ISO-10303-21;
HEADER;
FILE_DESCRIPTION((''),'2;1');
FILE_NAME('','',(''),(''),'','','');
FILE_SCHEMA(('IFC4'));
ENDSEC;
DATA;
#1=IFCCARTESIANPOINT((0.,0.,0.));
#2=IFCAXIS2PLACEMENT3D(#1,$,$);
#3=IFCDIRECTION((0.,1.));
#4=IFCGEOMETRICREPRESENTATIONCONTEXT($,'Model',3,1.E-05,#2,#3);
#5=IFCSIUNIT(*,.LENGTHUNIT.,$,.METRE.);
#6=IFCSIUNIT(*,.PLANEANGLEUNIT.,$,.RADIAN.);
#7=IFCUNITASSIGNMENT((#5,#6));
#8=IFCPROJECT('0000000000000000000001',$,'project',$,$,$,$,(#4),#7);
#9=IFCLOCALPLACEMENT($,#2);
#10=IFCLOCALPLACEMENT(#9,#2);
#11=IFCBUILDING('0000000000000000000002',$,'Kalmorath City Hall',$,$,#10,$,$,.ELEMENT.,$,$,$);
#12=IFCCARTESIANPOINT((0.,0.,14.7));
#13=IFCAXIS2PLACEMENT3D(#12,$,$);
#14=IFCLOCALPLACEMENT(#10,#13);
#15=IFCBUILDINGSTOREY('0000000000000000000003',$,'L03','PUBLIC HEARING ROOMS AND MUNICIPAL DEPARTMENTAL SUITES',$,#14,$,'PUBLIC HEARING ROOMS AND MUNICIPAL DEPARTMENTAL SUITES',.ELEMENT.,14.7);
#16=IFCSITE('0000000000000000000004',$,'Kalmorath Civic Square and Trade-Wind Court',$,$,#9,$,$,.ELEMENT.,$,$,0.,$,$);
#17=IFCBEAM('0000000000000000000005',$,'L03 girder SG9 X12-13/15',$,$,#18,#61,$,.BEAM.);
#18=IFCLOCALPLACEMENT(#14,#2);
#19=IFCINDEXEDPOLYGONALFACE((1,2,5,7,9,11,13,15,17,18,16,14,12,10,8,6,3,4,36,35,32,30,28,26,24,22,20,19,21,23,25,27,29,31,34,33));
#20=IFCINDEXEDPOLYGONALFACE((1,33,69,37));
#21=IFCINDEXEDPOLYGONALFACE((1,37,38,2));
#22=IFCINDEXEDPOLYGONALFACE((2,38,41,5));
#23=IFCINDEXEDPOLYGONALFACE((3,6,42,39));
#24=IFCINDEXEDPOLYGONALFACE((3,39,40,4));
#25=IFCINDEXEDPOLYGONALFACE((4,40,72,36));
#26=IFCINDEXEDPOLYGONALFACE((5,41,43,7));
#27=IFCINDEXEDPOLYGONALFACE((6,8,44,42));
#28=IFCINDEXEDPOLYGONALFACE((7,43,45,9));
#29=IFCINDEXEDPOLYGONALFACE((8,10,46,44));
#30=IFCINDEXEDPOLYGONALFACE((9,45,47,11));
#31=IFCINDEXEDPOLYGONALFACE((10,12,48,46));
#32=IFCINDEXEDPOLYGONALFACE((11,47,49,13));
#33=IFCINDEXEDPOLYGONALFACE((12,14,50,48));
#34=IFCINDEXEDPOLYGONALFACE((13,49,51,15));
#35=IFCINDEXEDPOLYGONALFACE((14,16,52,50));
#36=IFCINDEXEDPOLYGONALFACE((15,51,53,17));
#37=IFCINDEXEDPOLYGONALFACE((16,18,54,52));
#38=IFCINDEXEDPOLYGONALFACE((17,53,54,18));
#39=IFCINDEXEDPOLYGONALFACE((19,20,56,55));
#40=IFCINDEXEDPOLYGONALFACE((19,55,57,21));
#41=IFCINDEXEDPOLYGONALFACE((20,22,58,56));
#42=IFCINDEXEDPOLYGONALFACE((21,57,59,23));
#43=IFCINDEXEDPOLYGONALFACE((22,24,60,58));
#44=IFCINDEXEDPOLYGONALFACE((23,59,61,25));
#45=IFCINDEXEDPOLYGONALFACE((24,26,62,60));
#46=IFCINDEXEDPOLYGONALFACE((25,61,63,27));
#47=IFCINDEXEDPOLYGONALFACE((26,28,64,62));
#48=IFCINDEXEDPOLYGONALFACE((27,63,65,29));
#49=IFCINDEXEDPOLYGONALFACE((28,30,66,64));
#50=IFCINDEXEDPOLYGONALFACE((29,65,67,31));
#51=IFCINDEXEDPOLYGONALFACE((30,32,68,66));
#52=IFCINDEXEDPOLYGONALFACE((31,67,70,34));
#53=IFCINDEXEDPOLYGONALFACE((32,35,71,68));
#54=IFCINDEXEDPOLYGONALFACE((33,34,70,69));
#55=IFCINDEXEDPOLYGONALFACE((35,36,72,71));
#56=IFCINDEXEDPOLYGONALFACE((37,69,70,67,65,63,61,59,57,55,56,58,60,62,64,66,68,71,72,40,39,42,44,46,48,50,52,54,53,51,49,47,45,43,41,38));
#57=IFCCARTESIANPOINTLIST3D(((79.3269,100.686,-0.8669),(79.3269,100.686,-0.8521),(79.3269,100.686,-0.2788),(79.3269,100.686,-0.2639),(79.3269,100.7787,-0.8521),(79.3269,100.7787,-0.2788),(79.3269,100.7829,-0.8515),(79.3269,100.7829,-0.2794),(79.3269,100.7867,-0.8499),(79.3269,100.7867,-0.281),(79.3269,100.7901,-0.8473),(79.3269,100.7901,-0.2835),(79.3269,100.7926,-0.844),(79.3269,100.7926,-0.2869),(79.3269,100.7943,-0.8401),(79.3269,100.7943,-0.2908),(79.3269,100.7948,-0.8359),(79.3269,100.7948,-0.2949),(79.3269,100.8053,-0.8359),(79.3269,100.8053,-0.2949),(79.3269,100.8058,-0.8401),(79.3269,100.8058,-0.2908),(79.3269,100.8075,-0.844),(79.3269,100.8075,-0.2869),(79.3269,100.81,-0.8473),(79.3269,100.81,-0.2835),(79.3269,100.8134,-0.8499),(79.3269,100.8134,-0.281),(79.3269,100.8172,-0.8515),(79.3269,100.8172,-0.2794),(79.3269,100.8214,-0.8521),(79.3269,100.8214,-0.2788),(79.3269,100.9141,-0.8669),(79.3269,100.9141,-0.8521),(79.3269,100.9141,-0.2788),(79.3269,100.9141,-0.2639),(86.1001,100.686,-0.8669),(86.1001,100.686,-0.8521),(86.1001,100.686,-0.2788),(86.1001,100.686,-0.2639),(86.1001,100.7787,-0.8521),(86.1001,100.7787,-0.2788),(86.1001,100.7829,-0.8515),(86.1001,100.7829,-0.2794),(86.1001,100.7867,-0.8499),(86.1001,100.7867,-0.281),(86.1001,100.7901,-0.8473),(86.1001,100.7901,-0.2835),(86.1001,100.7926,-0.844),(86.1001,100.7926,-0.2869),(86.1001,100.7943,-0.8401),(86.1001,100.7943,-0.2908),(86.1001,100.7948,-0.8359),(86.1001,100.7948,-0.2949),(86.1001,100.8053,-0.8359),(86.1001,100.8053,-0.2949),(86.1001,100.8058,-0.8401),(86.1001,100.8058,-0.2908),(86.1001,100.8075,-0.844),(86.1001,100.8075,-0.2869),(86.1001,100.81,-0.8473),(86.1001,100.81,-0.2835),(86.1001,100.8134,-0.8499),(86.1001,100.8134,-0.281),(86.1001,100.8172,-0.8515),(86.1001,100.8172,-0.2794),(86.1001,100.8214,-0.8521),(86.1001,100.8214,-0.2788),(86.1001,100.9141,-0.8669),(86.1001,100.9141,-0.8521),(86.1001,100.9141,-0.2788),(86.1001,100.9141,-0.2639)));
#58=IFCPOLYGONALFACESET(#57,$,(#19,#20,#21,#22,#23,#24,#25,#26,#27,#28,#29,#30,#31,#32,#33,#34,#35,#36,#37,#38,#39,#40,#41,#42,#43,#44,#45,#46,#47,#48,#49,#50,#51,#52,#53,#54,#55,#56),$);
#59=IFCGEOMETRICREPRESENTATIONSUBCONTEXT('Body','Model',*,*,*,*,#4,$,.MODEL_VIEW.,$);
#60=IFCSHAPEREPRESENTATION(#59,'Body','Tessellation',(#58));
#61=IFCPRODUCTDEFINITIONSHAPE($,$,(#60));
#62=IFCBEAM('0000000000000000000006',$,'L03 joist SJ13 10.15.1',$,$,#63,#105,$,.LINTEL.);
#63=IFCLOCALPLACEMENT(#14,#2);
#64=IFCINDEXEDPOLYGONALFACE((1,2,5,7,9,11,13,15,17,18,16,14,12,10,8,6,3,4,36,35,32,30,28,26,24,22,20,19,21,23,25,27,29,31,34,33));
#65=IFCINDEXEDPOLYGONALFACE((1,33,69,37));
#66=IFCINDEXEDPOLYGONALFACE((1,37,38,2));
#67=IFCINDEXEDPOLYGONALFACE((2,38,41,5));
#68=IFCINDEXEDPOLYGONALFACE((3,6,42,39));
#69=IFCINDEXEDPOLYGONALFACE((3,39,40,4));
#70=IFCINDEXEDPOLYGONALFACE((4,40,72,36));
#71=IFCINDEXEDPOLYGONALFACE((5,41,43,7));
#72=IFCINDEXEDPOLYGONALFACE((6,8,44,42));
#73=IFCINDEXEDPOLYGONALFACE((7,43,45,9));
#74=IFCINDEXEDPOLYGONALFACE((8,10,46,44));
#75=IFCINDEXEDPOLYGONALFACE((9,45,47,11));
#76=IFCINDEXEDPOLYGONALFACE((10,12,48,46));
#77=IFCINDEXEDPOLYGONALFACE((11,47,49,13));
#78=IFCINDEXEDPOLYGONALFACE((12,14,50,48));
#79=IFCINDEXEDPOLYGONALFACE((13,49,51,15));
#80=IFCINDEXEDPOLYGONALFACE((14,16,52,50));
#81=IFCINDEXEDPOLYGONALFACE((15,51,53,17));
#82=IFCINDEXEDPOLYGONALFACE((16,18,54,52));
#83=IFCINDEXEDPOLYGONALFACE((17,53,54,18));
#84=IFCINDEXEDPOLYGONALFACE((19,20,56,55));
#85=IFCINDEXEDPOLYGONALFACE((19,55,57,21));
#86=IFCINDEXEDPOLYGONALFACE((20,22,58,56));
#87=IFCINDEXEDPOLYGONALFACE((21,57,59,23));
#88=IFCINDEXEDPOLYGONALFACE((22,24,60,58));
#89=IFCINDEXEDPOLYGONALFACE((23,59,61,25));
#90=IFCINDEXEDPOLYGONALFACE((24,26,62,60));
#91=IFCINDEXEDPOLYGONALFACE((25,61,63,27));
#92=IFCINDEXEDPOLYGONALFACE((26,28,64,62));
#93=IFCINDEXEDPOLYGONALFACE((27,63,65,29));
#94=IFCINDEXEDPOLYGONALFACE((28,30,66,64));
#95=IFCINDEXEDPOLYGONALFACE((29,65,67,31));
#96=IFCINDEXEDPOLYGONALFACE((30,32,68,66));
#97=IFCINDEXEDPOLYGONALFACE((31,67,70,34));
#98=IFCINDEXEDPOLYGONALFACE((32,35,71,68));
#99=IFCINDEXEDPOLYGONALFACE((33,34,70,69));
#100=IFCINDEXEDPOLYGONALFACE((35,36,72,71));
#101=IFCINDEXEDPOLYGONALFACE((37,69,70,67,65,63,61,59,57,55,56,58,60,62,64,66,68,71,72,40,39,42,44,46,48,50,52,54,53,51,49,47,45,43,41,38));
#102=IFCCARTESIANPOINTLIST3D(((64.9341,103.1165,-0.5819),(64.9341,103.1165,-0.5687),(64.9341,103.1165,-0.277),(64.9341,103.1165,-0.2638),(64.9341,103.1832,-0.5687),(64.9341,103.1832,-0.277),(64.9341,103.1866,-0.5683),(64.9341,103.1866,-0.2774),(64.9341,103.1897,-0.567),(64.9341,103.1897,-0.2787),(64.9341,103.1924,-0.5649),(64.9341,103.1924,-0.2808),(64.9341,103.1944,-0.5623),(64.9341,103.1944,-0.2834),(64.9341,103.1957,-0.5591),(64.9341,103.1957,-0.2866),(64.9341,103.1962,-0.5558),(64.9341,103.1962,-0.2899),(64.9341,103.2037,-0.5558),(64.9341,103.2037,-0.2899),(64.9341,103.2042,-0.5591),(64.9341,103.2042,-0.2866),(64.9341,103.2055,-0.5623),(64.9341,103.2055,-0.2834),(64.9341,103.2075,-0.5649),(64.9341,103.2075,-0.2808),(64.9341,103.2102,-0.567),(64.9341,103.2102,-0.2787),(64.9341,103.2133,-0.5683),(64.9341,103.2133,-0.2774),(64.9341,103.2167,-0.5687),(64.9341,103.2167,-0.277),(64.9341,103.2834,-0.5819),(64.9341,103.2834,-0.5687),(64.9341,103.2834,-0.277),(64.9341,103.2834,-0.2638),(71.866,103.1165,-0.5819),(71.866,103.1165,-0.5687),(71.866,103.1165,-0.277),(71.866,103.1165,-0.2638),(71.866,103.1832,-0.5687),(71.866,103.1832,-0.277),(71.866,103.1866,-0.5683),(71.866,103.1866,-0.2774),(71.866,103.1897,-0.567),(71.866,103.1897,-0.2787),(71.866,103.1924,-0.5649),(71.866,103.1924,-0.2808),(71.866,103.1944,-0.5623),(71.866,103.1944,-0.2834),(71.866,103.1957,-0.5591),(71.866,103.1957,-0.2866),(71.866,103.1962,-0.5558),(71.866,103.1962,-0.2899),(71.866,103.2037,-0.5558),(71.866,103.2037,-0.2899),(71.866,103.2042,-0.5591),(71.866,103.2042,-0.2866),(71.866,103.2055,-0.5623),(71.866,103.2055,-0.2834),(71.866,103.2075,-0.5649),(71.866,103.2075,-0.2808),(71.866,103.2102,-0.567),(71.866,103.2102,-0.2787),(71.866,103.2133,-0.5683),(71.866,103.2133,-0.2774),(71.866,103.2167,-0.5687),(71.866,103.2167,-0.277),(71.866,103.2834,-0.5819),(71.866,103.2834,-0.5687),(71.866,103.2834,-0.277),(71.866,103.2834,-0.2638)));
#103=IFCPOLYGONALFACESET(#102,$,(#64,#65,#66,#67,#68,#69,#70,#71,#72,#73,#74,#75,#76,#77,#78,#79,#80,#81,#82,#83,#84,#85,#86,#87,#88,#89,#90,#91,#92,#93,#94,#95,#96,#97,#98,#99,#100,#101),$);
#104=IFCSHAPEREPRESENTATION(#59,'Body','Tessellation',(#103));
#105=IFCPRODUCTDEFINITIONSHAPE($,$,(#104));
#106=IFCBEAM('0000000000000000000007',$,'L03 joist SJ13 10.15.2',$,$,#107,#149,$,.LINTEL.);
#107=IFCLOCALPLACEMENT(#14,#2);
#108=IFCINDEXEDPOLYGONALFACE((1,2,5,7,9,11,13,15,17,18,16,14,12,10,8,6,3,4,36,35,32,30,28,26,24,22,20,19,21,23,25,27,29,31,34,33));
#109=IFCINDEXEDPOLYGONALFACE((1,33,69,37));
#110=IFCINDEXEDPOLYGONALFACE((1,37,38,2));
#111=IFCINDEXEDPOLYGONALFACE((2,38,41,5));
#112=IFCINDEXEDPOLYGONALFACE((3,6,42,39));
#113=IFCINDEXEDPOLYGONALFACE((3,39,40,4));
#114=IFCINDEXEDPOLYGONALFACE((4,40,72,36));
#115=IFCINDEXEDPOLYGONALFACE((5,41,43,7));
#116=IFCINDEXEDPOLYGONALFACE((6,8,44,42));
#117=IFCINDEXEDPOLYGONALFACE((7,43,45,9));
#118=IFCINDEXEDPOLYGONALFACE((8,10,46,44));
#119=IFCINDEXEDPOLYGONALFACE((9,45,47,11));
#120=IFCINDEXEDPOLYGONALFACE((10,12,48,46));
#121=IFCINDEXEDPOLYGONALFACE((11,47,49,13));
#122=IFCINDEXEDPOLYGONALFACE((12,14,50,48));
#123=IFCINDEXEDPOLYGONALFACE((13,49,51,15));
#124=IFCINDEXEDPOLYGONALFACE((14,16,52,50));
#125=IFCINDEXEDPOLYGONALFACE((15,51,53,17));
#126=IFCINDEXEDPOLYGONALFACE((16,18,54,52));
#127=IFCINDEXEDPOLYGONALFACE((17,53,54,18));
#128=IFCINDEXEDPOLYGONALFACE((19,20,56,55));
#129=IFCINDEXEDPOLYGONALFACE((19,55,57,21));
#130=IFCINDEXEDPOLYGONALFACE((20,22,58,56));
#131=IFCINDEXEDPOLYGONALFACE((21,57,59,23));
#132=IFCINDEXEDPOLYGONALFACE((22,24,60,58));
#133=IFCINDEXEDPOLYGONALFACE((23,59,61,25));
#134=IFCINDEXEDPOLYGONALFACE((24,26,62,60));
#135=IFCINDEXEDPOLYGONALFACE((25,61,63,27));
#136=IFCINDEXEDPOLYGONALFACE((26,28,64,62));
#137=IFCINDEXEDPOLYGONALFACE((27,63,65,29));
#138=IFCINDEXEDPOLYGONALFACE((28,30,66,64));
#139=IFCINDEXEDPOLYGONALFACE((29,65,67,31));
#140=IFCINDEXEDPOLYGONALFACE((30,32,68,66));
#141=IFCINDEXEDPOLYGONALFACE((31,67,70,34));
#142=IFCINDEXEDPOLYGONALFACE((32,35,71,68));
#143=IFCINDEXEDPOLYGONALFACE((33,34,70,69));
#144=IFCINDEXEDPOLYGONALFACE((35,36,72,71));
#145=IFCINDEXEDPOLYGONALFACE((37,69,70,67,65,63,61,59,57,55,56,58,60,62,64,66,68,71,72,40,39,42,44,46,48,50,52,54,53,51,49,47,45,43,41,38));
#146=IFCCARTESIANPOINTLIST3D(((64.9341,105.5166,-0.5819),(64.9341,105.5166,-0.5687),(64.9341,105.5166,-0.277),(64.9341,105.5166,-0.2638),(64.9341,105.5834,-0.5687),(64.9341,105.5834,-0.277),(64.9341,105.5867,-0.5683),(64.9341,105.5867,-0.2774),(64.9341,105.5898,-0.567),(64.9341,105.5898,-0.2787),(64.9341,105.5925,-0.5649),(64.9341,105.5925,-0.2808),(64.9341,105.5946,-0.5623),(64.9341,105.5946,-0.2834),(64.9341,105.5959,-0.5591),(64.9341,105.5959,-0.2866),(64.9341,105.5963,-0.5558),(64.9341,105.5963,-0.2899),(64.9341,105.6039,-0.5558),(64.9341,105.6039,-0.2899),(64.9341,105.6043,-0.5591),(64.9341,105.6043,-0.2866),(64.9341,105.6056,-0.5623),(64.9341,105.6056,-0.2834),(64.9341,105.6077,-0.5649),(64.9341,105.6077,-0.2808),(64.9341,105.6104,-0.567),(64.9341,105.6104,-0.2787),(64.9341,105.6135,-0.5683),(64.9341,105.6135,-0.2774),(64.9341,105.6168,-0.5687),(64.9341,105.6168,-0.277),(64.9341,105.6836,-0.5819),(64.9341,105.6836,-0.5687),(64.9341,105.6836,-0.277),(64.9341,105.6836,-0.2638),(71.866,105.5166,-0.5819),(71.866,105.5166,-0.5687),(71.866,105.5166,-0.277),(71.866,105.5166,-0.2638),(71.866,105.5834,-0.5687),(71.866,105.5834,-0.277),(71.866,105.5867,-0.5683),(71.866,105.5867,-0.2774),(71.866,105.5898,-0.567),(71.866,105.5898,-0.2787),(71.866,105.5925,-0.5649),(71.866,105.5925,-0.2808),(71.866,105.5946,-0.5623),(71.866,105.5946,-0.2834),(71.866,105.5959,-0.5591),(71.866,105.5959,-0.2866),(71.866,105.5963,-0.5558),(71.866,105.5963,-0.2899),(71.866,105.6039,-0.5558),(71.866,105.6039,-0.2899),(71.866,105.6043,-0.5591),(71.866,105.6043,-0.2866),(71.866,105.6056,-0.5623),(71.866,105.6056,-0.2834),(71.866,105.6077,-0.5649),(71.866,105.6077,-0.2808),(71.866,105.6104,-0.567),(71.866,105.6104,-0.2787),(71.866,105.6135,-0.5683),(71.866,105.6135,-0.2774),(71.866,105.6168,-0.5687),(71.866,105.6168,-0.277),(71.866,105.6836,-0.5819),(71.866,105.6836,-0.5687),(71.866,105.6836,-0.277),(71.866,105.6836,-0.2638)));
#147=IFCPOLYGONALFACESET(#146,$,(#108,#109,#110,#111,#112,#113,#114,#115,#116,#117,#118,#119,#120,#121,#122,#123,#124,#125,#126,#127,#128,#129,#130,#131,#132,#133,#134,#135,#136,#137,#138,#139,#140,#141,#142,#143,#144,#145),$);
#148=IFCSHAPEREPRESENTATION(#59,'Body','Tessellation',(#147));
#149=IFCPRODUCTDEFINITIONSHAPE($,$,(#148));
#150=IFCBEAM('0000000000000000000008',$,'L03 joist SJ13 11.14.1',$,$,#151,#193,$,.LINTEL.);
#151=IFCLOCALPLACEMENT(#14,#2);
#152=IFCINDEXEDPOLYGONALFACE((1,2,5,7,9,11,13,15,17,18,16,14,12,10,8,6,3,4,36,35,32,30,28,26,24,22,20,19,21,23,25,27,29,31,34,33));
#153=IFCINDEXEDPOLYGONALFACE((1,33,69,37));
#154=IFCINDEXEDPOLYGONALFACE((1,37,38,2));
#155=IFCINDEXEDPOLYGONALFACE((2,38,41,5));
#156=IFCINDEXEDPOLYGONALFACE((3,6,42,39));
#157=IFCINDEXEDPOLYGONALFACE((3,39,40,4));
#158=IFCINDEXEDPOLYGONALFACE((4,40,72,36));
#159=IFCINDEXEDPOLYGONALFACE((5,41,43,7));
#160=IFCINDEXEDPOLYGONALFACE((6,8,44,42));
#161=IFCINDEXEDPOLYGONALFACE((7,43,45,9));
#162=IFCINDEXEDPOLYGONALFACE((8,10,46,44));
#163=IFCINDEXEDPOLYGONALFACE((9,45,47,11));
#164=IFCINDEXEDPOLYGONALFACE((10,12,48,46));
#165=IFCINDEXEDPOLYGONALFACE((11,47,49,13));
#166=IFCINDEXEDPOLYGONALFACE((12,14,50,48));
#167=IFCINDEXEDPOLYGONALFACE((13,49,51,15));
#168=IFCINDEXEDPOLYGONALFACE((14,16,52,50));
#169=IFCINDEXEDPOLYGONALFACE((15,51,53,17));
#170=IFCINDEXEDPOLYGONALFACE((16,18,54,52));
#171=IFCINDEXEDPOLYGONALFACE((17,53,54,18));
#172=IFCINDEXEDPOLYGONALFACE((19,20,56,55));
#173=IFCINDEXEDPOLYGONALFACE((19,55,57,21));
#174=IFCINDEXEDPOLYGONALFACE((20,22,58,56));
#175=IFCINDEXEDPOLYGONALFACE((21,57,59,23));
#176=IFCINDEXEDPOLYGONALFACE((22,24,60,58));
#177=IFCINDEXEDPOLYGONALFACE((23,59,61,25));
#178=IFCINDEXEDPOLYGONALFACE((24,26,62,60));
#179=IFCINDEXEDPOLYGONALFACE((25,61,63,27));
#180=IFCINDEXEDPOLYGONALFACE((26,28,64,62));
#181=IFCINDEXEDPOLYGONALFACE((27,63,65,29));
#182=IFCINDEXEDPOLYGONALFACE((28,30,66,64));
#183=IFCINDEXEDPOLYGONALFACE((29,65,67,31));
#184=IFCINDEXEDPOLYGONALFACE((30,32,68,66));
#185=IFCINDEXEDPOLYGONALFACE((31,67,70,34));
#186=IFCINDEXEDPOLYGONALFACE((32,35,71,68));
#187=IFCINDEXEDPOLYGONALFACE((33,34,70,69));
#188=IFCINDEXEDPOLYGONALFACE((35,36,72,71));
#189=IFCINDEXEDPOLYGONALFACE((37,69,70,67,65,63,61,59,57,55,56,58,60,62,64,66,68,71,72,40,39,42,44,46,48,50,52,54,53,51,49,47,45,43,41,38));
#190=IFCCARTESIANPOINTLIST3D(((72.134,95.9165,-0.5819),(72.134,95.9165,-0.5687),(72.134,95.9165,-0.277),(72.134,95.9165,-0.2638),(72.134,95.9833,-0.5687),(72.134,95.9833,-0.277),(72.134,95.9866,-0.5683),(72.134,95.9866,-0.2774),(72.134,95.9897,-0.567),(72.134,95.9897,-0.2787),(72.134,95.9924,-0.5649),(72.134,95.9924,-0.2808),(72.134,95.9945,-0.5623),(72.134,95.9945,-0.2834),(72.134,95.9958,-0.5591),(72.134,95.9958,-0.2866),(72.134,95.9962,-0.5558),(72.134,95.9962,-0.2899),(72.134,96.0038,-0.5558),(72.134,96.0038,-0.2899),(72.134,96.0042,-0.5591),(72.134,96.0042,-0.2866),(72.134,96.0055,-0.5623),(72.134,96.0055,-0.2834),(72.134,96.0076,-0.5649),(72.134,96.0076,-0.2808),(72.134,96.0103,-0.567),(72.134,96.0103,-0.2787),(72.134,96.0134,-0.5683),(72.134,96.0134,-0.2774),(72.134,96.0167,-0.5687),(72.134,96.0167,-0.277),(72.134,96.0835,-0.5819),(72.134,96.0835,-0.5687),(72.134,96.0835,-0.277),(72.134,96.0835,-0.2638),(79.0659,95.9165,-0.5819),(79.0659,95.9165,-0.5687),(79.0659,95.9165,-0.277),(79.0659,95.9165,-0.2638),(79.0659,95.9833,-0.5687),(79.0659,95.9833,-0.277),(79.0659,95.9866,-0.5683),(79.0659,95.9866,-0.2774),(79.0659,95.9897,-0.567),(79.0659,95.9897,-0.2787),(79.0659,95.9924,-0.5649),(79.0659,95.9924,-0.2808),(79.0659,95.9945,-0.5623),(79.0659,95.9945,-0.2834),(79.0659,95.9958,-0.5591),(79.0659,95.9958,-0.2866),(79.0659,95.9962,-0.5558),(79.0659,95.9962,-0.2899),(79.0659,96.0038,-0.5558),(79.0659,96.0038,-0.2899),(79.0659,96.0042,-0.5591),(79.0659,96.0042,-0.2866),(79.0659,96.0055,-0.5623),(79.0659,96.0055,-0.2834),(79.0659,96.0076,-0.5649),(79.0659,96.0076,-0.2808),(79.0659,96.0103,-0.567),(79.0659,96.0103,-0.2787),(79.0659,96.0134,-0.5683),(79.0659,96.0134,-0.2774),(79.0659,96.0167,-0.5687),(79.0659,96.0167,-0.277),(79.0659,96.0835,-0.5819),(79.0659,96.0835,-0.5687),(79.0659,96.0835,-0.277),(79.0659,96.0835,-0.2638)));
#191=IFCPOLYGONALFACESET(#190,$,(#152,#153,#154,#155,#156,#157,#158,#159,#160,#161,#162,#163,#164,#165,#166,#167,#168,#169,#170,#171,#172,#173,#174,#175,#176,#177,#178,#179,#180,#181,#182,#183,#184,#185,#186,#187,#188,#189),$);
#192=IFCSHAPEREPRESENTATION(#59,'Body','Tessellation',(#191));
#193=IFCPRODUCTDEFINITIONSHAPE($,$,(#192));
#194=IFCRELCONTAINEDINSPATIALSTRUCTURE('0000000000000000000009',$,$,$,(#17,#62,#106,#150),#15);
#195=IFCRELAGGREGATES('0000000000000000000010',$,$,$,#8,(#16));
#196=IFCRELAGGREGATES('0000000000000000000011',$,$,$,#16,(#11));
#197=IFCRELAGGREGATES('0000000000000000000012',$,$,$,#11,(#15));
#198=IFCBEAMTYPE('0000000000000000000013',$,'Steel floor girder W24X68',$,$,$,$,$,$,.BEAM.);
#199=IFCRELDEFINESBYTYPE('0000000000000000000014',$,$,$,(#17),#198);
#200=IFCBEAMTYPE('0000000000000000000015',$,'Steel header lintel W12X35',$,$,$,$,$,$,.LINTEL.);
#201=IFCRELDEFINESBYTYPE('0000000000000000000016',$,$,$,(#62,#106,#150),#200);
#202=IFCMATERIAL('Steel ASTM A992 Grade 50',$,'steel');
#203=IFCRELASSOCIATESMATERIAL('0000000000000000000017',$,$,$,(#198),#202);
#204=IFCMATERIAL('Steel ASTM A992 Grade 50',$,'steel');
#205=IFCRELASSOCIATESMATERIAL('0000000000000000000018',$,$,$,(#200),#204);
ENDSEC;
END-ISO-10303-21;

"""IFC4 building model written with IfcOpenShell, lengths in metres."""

from ifc_helpers import new_model, si_unit, direction, frame, origin, origin_2d, place, context, subcontext, project, spatial, i_section, extrude, material, material_profile, profile_set, type_object, element, save


model = new_model("IFC4")

# Units and contexts
model_context = context("Model", 3, precision=1e-05, world=origin(), true_north=direction((0.0, 1.0)))
body_context = subcontext(model_context, "Body", "Model", "MODEL_VIEW")
ifc_project = project(units=[si_unit("LENGTHUNIT", "METRE"), si_unit("PLANEANGLEUNIT", "RADIAN")], contexts=[model_context])

# Site, building, storey
site_placement = place(None, origin())
site = spatial("IfcSite", under=ifc_project, at=site_placement, Name="Kalmorath Civic Square and Trade-Wind Court", CompositionType="ELEMENT", RefElevation=0.0)
building_placement = place(site_placement, origin())
building = spatial("IfcBuilding", under=site, at=building_placement, Name="Kalmorath City Hall", CompositionType="ELEMENT")
storey_placement = place(building_placement, frame((0.0, 0.0, 14.7)))
storey = spatial("IfcBuildingStorey", under=building, at=storey_placement, Name="L03", Description="PUBLIC HEARING ROOMS AND MUNICIPAL DEPARTMENTAL SUITES", LongName="PUBLIC HEARING ROOMS AND MUNICIPAL DEPARTMENTAL SUITES", CompositionType="ELEMENT", Elevation=14.7)

# Beams
ifc_material_1 = material(Name="Steel ASTM A992 Grade 50", Category="steel")
ifc_material_profile_1 = material_profile(ifc_material_1, i_section(OverallWidth=0.228, OverallDepth=0.603, WebThickness=0.0105, FlangeThickness=0.0149, FilletRadius=0.0161, at=origin_2d()), Name="W24X68")
ifc_profile_set_1 = profile_set([ifc_material_profile_1], Name="Steel ASTM A992 Grade 50")
beam_type_1 = type_object("IfcBeamType", Name="Steel floor girder W24X68", PredefinedType="BEAM", material=ifc_profile_set_1)
beam_1_placement = place(storey_placement, frame((79.3269, 100.8, -0.5654), z_axis=(1.0, 0.0, 0.0), x_axis=(0.0, 1.0, 0.0)))
element("IfcBeam", 1, at=beam_1_placement, inside=storey, type_object=beam_type_1, Name="L03 girder SG9 X12-13/15", PredefinedType="BEAM", context=body_context, shape_type="SweptSolid", body=[
    extrude(i_section(OverallWidth=0.228, OverallDepth=0.603, WebThickness=0.0105, FlangeThickness=0.0149, FilletRadius=0.0161, at=origin_2d()), origin(), (0.0, 0.0, 1.0), 6.7732),
])
ifc_material_2 = material(Name="Steel ASTM A992 Grade 50", Category="steel")
ifc_material_profile_2 = material_profile(ifc_material_2, i_section(OverallWidth=0.167, OverallDepth=0.3181, WebThickness=0.0076, FlangeThickness=0.0132, FilletRadius=0.0129, at=origin_2d()), Name="W12X35")
ifc_profile_set_2 = profile_set([ifc_material_profile_2], Name="Steel ASTM A992 Grade 50")
beam_type_2 = type_object("IfcBeamType", Name="Steel header lintel W12X35", PredefinedType="LINTEL", material=ifc_profile_set_2)
for number, where, z_axis, x_axis, name in (
    (2, (64.9341, 103.2, -0.4229), (1.0, 0.0, 0.0), (0.0, 1.0, 0.0), "L03 joist SJ13 10.15.1"),
    (3, (64.9341, 105.6001, -0.4229), (1.0, 0.0, 0.0), (0.0, 1.0, 0.0), "L03 joist SJ13 10.15.2"),
    (4, (72.134, 96.0, -0.4229), (1.0, 0.0, 0.0), (0.0, 1.0, 0.0), "L03 joist SJ13 11.14.1"),
):
    element("IfcBeam", number, at=place(storey_placement, frame(where, z_axis=z_axis, x_axis=x_axis)), inside=storey, type_object=beam_type_2, Name=name, PredefinedType="LINTEL", context=body_context, shape_type="SweptSolid", body=[
        extrude(i_section(OverallWidth=0.167, OverallDepth=0.3181, WebThickness=0.0076, FlangeThickness=0.0132, FilletRadius=0.0129, at=origin_2d()), origin(), (0.0, 0.0, 1.0), 6.9319),
    ])

save(model, "model.ifc")
